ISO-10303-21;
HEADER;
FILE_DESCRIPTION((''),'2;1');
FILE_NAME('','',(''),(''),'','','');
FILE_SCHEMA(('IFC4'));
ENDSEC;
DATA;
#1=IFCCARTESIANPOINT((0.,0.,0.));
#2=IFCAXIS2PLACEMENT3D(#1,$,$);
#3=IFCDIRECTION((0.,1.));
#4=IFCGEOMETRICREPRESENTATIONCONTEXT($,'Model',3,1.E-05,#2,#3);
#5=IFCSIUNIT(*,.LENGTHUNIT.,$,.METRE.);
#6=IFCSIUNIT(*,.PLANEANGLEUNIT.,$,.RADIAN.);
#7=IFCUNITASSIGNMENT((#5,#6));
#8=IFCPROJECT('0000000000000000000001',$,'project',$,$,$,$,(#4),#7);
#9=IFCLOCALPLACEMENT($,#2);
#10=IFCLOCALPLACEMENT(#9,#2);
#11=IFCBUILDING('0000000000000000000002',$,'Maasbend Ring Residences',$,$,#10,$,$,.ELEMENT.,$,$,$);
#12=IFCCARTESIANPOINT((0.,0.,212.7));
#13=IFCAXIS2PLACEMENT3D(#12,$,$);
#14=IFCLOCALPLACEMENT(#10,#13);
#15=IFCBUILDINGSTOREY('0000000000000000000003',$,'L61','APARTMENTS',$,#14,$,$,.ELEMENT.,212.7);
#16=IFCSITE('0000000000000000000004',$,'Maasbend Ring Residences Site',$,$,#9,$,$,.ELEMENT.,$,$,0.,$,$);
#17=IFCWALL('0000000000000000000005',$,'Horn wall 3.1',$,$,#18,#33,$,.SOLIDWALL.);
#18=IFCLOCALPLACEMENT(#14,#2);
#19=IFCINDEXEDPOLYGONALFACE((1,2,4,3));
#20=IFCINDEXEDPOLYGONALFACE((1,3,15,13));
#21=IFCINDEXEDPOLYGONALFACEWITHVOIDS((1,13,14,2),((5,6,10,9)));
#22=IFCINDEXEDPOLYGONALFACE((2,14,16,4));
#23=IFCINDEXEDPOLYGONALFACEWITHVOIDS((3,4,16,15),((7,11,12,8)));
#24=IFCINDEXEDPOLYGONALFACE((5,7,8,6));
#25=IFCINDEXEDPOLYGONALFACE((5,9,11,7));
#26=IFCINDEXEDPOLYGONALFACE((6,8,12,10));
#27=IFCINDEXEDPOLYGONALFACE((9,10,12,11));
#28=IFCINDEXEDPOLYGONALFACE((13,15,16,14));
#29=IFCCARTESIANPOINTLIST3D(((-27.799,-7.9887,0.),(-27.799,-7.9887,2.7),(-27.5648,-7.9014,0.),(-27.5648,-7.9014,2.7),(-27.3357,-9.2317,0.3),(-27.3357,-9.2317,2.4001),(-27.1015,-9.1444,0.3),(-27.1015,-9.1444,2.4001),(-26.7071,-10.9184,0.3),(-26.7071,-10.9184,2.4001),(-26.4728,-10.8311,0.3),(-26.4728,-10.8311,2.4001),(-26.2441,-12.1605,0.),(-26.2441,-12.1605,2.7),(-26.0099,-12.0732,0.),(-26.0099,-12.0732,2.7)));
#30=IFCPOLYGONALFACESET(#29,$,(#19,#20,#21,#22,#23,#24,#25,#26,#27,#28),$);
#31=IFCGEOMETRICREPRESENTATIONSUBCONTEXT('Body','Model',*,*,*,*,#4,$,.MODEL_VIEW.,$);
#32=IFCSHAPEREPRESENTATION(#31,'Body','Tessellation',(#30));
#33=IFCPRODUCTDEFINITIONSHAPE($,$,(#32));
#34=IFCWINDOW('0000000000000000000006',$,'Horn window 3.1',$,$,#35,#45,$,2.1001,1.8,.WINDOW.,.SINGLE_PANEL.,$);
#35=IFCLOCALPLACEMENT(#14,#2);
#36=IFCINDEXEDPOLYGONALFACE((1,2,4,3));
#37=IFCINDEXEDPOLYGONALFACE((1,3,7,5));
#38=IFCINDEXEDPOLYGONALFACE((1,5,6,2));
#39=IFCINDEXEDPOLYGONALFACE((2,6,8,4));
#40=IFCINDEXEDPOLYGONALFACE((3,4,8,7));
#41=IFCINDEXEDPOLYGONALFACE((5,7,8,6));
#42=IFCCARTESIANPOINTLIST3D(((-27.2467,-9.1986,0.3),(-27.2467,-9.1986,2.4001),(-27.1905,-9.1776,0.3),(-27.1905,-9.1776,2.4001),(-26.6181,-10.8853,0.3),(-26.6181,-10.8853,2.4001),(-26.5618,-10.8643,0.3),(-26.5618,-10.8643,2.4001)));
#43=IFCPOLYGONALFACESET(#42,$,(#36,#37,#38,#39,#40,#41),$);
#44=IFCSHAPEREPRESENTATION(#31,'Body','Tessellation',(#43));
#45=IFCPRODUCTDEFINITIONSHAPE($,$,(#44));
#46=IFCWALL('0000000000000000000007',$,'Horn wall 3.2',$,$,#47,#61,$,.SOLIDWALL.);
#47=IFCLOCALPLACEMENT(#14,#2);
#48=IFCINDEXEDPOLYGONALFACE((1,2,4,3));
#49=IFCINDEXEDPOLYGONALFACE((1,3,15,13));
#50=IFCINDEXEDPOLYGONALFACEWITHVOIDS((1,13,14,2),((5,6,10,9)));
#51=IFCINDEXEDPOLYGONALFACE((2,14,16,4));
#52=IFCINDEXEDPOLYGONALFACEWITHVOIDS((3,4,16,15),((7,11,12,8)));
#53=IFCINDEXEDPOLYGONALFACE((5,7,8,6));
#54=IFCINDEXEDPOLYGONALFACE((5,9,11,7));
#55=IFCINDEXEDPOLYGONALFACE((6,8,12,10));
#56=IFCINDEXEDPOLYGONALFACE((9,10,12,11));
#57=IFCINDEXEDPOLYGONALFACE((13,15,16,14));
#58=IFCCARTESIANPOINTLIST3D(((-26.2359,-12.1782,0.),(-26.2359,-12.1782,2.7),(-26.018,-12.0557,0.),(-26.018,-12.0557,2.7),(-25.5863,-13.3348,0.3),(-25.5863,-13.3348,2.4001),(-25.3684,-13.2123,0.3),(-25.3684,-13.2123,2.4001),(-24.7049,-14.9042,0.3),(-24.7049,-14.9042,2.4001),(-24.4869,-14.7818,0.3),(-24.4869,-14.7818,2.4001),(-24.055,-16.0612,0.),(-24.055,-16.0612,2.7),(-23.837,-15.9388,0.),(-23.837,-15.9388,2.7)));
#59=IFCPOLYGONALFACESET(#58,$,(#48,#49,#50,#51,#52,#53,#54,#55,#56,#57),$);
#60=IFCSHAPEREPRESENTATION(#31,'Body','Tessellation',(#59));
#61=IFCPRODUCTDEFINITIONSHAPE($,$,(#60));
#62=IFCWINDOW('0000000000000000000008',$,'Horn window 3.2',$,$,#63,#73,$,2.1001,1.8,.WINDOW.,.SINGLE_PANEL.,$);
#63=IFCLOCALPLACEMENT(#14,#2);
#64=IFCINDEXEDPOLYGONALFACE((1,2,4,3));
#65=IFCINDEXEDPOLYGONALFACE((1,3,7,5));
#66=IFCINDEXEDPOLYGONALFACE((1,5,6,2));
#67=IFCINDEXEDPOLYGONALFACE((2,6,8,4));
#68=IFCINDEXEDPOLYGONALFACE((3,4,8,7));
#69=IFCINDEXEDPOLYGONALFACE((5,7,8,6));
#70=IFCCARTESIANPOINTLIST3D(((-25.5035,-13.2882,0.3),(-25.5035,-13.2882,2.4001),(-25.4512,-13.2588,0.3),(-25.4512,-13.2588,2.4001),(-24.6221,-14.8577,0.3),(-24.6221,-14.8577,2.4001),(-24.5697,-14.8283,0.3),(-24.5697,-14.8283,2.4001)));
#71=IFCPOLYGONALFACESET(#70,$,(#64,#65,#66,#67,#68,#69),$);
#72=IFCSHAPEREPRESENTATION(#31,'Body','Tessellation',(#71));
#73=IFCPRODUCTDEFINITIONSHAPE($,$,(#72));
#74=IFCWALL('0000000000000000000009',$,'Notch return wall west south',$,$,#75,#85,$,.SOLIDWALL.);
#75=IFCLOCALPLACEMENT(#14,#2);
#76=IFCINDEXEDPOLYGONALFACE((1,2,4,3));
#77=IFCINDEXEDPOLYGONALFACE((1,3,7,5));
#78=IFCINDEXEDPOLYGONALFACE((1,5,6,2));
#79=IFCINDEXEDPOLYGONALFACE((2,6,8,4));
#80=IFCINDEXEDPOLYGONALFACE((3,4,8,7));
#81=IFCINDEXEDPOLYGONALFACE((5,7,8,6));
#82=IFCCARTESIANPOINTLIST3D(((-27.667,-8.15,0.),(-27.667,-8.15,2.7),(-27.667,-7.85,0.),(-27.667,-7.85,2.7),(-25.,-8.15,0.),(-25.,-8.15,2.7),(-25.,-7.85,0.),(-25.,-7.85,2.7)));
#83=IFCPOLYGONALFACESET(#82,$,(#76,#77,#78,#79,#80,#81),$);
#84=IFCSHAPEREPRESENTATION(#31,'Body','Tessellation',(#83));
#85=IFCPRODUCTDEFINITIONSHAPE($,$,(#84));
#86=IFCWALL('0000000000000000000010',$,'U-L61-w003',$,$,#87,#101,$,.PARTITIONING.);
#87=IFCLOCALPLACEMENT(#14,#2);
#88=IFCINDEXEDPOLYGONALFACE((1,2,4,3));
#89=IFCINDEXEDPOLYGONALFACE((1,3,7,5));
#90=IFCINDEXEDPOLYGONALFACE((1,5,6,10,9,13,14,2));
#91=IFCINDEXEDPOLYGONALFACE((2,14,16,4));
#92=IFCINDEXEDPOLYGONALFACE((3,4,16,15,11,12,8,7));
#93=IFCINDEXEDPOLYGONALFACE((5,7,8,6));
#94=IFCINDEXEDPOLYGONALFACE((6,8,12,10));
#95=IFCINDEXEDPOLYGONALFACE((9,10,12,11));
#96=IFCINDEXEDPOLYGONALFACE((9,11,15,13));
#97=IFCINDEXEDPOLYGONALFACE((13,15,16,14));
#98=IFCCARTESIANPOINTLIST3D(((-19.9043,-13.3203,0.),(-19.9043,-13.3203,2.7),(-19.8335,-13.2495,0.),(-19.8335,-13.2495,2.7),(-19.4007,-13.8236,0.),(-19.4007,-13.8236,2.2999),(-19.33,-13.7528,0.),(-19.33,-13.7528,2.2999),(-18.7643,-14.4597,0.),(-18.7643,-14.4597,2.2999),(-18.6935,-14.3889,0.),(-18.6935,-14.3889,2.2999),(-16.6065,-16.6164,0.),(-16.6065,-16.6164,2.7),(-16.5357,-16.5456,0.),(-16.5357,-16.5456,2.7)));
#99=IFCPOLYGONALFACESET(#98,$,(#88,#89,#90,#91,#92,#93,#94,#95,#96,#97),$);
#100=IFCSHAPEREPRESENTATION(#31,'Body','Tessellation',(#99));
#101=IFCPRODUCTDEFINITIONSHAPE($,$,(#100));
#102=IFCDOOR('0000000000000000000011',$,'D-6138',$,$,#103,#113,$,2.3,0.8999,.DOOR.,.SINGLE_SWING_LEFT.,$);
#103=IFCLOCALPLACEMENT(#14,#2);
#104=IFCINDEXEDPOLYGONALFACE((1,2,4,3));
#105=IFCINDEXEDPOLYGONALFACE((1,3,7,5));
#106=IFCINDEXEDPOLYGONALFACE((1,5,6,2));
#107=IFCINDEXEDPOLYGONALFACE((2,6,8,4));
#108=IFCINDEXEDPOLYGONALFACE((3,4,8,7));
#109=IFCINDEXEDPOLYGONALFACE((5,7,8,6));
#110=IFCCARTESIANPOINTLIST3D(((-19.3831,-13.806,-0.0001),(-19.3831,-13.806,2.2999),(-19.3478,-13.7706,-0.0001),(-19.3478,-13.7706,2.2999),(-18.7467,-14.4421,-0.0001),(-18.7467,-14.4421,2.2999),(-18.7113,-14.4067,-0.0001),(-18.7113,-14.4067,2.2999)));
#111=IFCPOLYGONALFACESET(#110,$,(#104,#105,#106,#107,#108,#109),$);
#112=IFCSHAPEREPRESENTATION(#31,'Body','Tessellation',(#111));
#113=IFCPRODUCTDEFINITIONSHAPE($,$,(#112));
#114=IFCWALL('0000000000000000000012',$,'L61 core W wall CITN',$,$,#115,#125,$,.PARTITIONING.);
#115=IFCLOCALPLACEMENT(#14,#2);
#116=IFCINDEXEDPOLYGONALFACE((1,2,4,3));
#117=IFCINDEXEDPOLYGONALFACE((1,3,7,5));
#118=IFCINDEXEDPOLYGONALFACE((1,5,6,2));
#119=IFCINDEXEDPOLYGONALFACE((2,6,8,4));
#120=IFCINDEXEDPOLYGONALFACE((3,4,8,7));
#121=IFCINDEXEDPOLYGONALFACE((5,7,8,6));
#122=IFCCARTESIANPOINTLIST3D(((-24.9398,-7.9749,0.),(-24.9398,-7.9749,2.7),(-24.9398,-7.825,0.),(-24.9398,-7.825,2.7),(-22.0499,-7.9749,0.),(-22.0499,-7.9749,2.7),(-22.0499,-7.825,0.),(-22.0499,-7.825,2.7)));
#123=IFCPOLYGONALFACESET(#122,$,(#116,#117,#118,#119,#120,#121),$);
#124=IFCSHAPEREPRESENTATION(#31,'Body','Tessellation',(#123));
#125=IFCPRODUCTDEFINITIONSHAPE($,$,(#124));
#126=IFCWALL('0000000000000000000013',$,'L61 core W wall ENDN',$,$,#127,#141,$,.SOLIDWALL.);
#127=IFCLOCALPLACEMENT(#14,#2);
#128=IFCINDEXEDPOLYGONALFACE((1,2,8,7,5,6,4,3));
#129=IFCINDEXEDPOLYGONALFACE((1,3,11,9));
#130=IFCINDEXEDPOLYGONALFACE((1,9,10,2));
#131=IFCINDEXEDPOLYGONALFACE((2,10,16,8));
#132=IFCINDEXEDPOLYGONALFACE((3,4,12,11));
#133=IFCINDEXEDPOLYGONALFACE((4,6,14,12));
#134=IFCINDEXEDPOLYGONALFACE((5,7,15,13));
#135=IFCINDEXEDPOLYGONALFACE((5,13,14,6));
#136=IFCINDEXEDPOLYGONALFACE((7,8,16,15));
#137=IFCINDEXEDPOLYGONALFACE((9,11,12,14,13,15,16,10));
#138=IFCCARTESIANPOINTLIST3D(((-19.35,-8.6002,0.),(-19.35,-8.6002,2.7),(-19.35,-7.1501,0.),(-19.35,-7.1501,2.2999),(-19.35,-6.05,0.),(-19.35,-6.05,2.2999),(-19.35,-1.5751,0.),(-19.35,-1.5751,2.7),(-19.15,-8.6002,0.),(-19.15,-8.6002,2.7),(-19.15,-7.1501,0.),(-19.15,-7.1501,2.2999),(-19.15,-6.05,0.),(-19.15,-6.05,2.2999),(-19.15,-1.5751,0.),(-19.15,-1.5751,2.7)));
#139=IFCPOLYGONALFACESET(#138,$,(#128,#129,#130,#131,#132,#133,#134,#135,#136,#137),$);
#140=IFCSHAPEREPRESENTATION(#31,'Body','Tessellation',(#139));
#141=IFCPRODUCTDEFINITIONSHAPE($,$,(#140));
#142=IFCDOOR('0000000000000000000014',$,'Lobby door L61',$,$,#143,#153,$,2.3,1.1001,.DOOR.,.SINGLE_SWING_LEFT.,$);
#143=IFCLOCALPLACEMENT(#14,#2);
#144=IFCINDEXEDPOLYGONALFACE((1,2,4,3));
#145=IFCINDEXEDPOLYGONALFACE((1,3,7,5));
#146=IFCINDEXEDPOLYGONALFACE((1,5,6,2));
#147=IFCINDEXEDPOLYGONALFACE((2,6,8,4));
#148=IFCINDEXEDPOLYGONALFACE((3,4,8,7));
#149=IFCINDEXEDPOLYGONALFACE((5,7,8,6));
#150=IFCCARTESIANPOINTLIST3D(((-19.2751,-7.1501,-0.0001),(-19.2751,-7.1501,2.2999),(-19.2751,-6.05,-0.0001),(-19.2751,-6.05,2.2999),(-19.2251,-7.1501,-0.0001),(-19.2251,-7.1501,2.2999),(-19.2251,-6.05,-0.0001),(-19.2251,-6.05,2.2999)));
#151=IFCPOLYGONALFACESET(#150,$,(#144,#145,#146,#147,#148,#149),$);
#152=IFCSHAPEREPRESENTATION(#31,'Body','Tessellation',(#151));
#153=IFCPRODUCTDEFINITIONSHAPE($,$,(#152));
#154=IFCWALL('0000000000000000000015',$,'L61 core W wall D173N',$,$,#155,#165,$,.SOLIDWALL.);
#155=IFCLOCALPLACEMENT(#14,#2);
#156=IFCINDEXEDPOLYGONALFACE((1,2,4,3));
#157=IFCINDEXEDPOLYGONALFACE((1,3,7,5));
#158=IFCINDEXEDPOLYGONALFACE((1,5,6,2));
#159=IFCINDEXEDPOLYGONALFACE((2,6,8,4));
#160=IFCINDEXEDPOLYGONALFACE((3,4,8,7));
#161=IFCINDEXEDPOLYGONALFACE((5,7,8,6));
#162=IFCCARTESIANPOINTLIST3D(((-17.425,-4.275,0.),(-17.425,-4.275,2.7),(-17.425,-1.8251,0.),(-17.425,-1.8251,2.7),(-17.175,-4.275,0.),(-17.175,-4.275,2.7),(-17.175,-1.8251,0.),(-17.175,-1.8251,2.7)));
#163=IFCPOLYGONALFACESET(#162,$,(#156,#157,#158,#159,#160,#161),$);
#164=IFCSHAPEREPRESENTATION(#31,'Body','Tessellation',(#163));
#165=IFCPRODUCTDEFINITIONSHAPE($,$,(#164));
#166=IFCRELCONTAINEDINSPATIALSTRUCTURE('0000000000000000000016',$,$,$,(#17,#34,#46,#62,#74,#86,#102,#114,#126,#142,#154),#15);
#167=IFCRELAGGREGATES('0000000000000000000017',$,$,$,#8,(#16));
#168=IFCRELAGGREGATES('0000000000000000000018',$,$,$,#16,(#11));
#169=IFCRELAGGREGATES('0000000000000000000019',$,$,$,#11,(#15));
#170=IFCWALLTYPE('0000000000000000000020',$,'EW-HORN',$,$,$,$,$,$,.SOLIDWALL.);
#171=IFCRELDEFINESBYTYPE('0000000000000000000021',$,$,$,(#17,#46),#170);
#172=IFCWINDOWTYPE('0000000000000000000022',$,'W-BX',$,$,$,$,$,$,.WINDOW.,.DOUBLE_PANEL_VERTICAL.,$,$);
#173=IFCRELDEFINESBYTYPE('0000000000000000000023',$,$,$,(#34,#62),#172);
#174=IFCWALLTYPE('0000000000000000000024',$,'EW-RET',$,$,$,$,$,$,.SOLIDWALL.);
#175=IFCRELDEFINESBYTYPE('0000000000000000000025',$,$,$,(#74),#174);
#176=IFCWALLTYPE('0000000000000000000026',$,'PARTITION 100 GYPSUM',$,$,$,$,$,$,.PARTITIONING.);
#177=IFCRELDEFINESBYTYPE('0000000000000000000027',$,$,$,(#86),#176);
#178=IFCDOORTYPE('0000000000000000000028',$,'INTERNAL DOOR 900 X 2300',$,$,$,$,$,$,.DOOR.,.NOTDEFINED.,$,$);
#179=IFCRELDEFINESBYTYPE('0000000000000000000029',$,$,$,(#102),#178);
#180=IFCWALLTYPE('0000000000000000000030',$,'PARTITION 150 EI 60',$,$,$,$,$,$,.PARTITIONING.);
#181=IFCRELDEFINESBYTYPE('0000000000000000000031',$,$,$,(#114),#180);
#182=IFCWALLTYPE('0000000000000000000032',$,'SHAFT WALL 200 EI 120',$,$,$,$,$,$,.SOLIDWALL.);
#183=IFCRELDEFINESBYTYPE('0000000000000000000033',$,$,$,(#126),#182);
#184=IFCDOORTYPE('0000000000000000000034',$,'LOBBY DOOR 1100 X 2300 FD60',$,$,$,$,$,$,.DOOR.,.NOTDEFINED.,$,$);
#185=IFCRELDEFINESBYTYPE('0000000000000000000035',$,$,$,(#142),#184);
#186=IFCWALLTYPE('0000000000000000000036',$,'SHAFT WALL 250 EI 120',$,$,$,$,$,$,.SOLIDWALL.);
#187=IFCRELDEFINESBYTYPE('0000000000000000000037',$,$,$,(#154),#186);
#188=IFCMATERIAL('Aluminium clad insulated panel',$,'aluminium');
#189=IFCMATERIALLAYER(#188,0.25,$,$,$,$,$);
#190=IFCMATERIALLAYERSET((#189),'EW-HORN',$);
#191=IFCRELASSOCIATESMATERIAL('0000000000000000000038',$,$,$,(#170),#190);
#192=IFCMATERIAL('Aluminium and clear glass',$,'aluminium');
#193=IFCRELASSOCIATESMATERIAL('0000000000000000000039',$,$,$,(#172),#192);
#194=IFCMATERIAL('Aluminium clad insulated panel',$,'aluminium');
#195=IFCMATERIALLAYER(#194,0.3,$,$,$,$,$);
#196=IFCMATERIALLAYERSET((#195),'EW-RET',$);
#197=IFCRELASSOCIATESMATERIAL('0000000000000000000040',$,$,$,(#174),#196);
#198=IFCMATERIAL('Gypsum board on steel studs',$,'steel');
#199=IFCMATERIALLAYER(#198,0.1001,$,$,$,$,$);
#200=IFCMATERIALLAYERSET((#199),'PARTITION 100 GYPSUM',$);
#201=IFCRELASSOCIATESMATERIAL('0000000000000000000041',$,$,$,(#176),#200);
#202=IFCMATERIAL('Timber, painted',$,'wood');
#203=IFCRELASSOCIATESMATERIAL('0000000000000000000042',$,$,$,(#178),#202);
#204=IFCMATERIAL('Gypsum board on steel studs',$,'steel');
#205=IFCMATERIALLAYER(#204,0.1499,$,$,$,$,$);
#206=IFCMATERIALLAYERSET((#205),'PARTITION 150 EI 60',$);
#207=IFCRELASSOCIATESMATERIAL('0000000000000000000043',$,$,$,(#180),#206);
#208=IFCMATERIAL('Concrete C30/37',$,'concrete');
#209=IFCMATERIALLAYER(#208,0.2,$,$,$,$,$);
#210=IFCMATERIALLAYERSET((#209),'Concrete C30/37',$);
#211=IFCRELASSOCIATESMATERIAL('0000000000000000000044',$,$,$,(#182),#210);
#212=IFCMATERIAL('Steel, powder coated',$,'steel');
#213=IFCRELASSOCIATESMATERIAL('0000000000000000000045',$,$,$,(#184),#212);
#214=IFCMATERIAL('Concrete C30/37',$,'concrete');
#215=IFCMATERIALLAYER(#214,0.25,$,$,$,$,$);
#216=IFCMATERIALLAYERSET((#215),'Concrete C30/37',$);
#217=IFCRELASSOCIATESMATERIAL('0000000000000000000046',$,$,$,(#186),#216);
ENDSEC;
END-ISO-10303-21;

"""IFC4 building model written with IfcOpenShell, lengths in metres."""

from ifc_helpers import new_model, si_unit, direction, frame, frame_2d, origin, place, context, subcontext, project, spatial, rectangle, extrude, material, layer, layer_set, type_object, element, fill, save


model = new_model("IFC4")

# Units and contexts
model_context = context("Model", 3, precision=1e-05, world=origin(), true_north=direction((0.0, 1.0)))
body_context = subcontext(model_context, "Body", "Model", "MODEL_VIEW")
ifc_project = project(units=[si_unit("LENGTHUNIT", "METRE"), si_unit("PLANEANGLEUNIT", "RADIAN")], contexts=[model_context])

# Site, building, storey
site_placement = place(None, origin())
site = spatial("IfcSite", under=ifc_project, at=site_placement, Name="Maasbend Ring Residences Site", CompositionType="ELEMENT", RefElevation=0.0)
building_placement = place(site_placement, origin())
building = spatial("IfcBuilding", under=site, at=building_placement, Name="Maasbend Ring Residences", CompositionType="ELEMENT")
storey_placement = place(building_placement, frame((0.0, 0.0, 212.7)))
storey = spatial("IfcBuildingStorey", under=building, at=storey_placement, Name="L61", Description="APARTMENTS", CompositionType="ELEMENT", Elevation=212.7)

# Walls, openings, windows
ifc_material_1 = material(Name="Aluminium clad insulated panel", Category="aluminium")
ifc_layer_1 = layer(ifc_material_1, 0.25)
ifc_layer_set_1 = layer_set([ifc_layer_1], Name="EW-HORN")
wall_type_1 = type_object("IfcWallType", Name="EW-HORN", PredefinedType="SOLIDWALL", material=ifc_layer_set_1)
wall_1_placement = place(storey_placement, frame((-27.6819, -7.9451, 0.0), z_axis=(0.0, 0.0, 1.0), x_axis=(0.349248, -0.93703, 0.0)))
wall_1 = element("IfcWall", 1, at=wall_1_placement, inside=storey, type_object=wall_type_1, Name="Horn wall 3.1", PredefinedType="SOLIDWALL", context=body_context, shape_type="SweptSolid", body=[
    extrude(rectangle(XDim=4.4521, YDim=0.25, at=frame_2d((2.2261, 0.0))), origin(), (0.0, 0.0, 1.0), 2.7),
])
opening_1_placement = place(wall_1_placement, frame((1.3267, 0.0, 0.3)))
opening_1 = element("IfcOpeningElement", 2, at=opening_1_placement, cuts=wall_1, PredefinedType="OPENING", context=body_context, shape_type="SweptSolid", body=[
    extrude(rectangle(XDim=1.8, YDim=2.1001, at=frame_2d((0.8999, 1.05))), frame((0.0, 0.135, 0.0), z_axis=(0.0, -1.0, 0.0), x_axis=(1.0, 0.0, 0.0)), (0.0, 0.0, 1.0), 0.27),
])
ifc_material_2 = material(Name="Aluminium and clear glass", Category="aluminium")
window_type = type_object("IfcWindowType", Name="W-BX", PartitioningType="DOUBLE_PANEL_VERTICAL", PredefinedType="WINDOW", material=ifc_material_2)
window_1_placement = place(opening_1_placement, origin())
window_1 = element("IfcWindow", 3, at=window_1_placement, inside=storey, type_object=window_type, Name="Horn window 3.1", OverallHeight=2.1001, OverallWidth=1.8, PartitioningType="SINGLE_PANEL", PredefinedType="WINDOW", context=body_context, shape_type="SweptSolid", body=[
    extrude(rectangle(XDim=1.8, YDim=2.1001, at=frame_2d((0.8999, 1.05))), frame((0.0, 0.03, 0.0), z_axis=(0.0, -1.0, 0.0), x_axis=(1.0, 0.0, 0.0)), (0.0, 0.0, 1.0), 0.0601),
])
fill(opening_1, window_1)
wall_2_placement = place(storey_placement, frame((-26.127, -12.1169, 0.0), z_axis=(0.0, 0.0, 1.0), x_axis=(0.489696, -0.871893, 0.0)))
wall_2 = element("IfcWall", 4, at=wall_2_placement, inside=storey, type_object=wall_type_1, Name="Horn wall 3.2", PredefinedType="SOLIDWALL", context=body_context, shape_type="SweptSolid", body=[
    extrude(rectangle(XDim=4.4536, YDim=0.25, at=frame_2d((2.2268, 0.0))), origin(), (0.0, 0.0, 1.0), 2.7),
])
opening_2_placement = place(wall_2_placement, frame((1.3267, 0.0, 0.3)))
opening_2 = element("IfcOpeningElement", 5, at=opening_2_placement, cuts=wall_2, PredefinedType="OPENING", context=body_context, shape_type="SweptSolid", body=[
    extrude(rectangle(XDim=1.8, YDim=2.1001, at=frame_2d((0.8999, 1.05))), frame((0.0, 0.135, 0.0), z_axis=(0.0, -1.0, 0.0), x_axis=(1.0, 0.0, 0.0)), (0.0, 0.0, 1.0), 0.27),
])
window_2_placement = place(opening_2_placement, origin())
window_2 = element("IfcWindow", 6, at=window_2_placement, inside=storey, type_object=window_type, Name="Horn window 3.2", OverallHeight=2.1001, OverallWidth=1.8, PartitioningType="SINGLE_PANEL", PredefinedType="WINDOW", context=body_context, shape_type="SweptSolid", body=[
    extrude(rectangle(XDim=1.8, YDim=2.1001, at=frame_2d((0.8999, 1.05))), frame((0.0, 0.03, 0.0), z_axis=(0.0, -1.0, 0.0), x_axis=(1.0, 0.0, 0.0)), (0.0, 0.0, 1.0), 0.0601),
])
fill(opening_2, window_2)

# Wall
ifc_material_3 = material(Name="Aluminium clad insulated panel", Category="aluminium")
ifc_layer_2 = layer(ifc_material_3, 0.3)
ifc_layer_set_2 = layer_set([ifc_layer_2], Name="EW-RET")
wall_type_2 = type_object("IfcWallType", Name="EW-RET", PredefinedType="SOLIDWALL", material=ifc_layer_set_2)
wall_3_placement = place(storey_placement, frame((-25.0, -8.0, 0.0), z_axis=(0.0, 0.0, 1.0), x_axis=(-1.0, 0.0, 0.0)))
element("IfcWall", 7, at=wall_3_placement, inside=storey, type_object=wall_type_2, Name="Notch return wall west south", PredefinedType="SOLIDWALL", context=body_context, shape_type="SweptSolid", body=[
    extrude(rectangle(XDim=2.667, YDim=0.3, at=frame_2d((1.3335, 0.0))), origin(), (0.0, 0.0, 1.0), 2.7),
])

# Wall, opening, door
ifc_material_4 = material(Name="Gypsum board on steel studs", Category="steel")
ifc_layer_3 = layer(ifc_material_4, 0.1001)
ifc_layer_set_3 = layer_set([ifc_layer_3], Name="PARTITION 100 GYPSUM")
wall_type_3 = type_object("IfcWallType", Name="PARTITION 100 GYPSUM", PredefinedType="PARTITIONING", material=ifc_layer_set_3)
wall_4_placement = place(storey_placement, frame((-19.8689, -13.2849, 0.0), z_axis=(0.0, 0.0, 1.0), x_axis=(0.70729, -0.706923, 0.0)))
wall_4 = element("IfcWall", 8, at=wall_4_placement, inside=storey, type_object=wall_type_3, Name="U-L61-w003", PredefinedType="PARTITIONING", context=body_context, shape_type="SweptSolid", body=[
    extrude(rectangle(XDim=4.6626, YDim=0.1001, at=frame_2d((2.3313, 0.0))), origin(), (0.0, 0.0, 1.0), 2.7),
])
opening_3_placement = place(wall_4_placement, frame((0.7119, 0.0, 0.0)))
opening_3 = element("IfcOpeningElement", 9, at=opening_3_placement, cuts=wall_4, PredefinedType="OPENING", context=body_context, shape_type="SweptSolid", body=[
    extrude(rectangle(XDim=0.8999, YDim=2.3, at=frame_2d((0.45, 1.1499))), frame((0.0, 0.0601, 0.0), z_axis=(0.0, -1.0, 0.0), x_axis=(1.0, 0.0, 0.0)), (0.0, 0.0, 1.0), 0.1201),
])
ifc_material_5 = material(Name="Timber, painted", Category="wood")
door_type_1 = type_object("IfcDoorType", Name="INTERNAL DOOR 900 X 2300", OperationType="NOTDEFINED", PredefinedType="DOOR", material=ifc_material_5)
door_1_placement = place(opening_3_placement, origin())
door_1 = element("IfcDoor", 10, at=door_1_placement, inside=storey, type_object=door_type_1, Name="D-6138", OperationType="SINGLE_SWING_LEFT", OverallHeight=2.3, OverallWidth=0.8999, PredefinedType="DOOR", context=body_context, shape_type="SweptSolid", body=[
    extrude(rectangle(XDim=0.8999, YDim=2.3, at=frame_2d((0.45, 1.1499))), frame((0.0, 0.0249, 0.0), z_axis=(0.0, -1.0, 0.0), x_axis=(1.0, 0.0, 0.0)), (0.0, 0.0, 1.0), 0.05),
])
fill(opening_3, door_1)

# Wall
ifc_material_6 = material(Name="Gypsum board on steel studs", Category="steel")
ifc_layer_4 = layer(ifc_material_6, 0.1499)
ifc_layer_set_4 = layer_set([ifc_layer_4], Name="PARTITION 150 EI 60")
wall_type_4 = type_object("IfcWallType", Name="PARTITION 150 EI 60", PredefinedType="PARTITIONING", material=ifc_layer_set_4)
wall_5_placement = place(storey_placement, frame((-22.05, -7.8999, 0.0), z_axis=(0.0, 0.0, 1.0), x_axis=(-1.0, 0.0, 0.0)))
element("IfcWall", 11, at=wall_5_placement, inside=storey, type_object=wall_type_4, Name="L61 core W wall CITN", PredefinedType="PARTITIONING", context=body_context, shape_type="SweptSolid", body=[
    extrude(rectangle(XDim=2.8899, YDim=0.1499, at=frame_2d((1.4448, 0.0))), origin(), (0.0, 0.0, 1.0), 2.7),
])

# Wall, opening, door
ifc_material_7 = material(Name="Concrete C30/37", Category="concrete")
ifc_layer_5 = layer(ifc_material_7, 0.2)
ifc_layer_set_5 = layer_set([ifc_layer_5], Name="Concrete C30/37")
wall_type_5 = type_object("IfcWallType", Name="SHAFT WALL 200 EI 120", PredefinedType="SOLIDWALL", material=ifc_layer_set_5)
wall_6_placement = place(storey_placement, frame((-19.25, -1.575, 0.0), z_axis=(0.0, 0.0, 1.0), x_axis=(0.0, -1.0, 0.0)))
wall_6 = element("IfcWall", 12, at=wall_6_placement, inside=storey, type_object=wall_type_5, Name="L61 core W wall ENDN", PredefinedType="SOLIDWALL", context=body_context, shape_type="SweptSolid", body=[
    extrude(rectangle(XDim=7.0251, YDim=0.2, at=frame_2d((3.5127, 0.0))), origin(), (0.0, 0.0, 1.0), 2.7),
])
opening_4_placement = place(wall_6_placement, frame((4.4751, 0.0, 0.0)))
opening_4 = element("IfcOpeningElement", 13, at=opening_4_placement, cuts=wall_6, PredefinedType="OPENING", context=body_context, shape_type="SweptSolid", body=[
    extrude(rectangle(XDim=1.1001, YDim=2.3, at=frame_2d((0.55, 1.1499))), frame((0.0, 0.1099, 0.0), z_axis=(0.0, -1.0, 0.0), x_axis=(1.0, 0.0, 0.0)), (0.0, 0.0, 1.0), 0.22),
])
ifc_material_8 = material(Name="Steel, powder coated", Category="steel")
door_type_2 = type_object("IfcDoorType", Name="LOBBY DOOR 1100 X 2300 FD60", OperationType="NOTDEFINED", PredefinedType="DOOR", material=ifc_material_8)
door_2_placement = place(opening_4_placement, origin())
door_2 = element("IfcDoor", 14, at=door_2_placement, inside=storey, type_object=door_type_2, Name="Lobby door L61", OperationType="SINGLE_SWING_LEFT", OverallHeight=2.3, OverallWidth=1.1001, PredefinedType="DOOR", context=body_context, shape_type="SweptSolid", body=[
    extrude(rectangle(XDim=1.1001, YDim=2.3, at=frame_2d((0.55, 1.1499))), frame((0.0, 0.0249, 0.0), z_axis=(0.0, -1.0, 0.0), x_axis=(1.0, 0.0, 0.0)), (0.0, 0.0, 1.0), 0.05),
])
fill(opening_4, door_2)

# Wall
ifc_material_9 = material(Name="Concrete C30/37", Category="concrete")
ifc_layer_6 = layer(ifc_material_9, 0.25)
ifc_layer_set_6 = layer_set([ifc_layer_6], Name="Concrete C30/37")
wall_type_6 = type_object("IfcWallType", Name="SHAFT WALL 250 EI 120", PredefinedType="SOLIDWALL", material=ifc_layer_set_6)
wall_7_placement = place(storey_placement, frame((-17.3, -1.825, 0.0), z_axis=(0.0, 0.0, 1.0), x_axis=(0.0, -1.0, 0.0)))
element("IfcWall", 15, at=wall_7_placement, inside=storey, type_object=wall_type_6, Name="L61 core W wall D173N", PredefinedType="SOLIDWALL", context=body_context, shape_type="SweptSolid", body=[
    extrude(rectangle(XDim=2.45, YDim=0.25, at=frame_2d((1.2251, 0.0))), origin(), (0.0, 0.0, 1.0), 2.7),
])

save(model, "model.ifc")
